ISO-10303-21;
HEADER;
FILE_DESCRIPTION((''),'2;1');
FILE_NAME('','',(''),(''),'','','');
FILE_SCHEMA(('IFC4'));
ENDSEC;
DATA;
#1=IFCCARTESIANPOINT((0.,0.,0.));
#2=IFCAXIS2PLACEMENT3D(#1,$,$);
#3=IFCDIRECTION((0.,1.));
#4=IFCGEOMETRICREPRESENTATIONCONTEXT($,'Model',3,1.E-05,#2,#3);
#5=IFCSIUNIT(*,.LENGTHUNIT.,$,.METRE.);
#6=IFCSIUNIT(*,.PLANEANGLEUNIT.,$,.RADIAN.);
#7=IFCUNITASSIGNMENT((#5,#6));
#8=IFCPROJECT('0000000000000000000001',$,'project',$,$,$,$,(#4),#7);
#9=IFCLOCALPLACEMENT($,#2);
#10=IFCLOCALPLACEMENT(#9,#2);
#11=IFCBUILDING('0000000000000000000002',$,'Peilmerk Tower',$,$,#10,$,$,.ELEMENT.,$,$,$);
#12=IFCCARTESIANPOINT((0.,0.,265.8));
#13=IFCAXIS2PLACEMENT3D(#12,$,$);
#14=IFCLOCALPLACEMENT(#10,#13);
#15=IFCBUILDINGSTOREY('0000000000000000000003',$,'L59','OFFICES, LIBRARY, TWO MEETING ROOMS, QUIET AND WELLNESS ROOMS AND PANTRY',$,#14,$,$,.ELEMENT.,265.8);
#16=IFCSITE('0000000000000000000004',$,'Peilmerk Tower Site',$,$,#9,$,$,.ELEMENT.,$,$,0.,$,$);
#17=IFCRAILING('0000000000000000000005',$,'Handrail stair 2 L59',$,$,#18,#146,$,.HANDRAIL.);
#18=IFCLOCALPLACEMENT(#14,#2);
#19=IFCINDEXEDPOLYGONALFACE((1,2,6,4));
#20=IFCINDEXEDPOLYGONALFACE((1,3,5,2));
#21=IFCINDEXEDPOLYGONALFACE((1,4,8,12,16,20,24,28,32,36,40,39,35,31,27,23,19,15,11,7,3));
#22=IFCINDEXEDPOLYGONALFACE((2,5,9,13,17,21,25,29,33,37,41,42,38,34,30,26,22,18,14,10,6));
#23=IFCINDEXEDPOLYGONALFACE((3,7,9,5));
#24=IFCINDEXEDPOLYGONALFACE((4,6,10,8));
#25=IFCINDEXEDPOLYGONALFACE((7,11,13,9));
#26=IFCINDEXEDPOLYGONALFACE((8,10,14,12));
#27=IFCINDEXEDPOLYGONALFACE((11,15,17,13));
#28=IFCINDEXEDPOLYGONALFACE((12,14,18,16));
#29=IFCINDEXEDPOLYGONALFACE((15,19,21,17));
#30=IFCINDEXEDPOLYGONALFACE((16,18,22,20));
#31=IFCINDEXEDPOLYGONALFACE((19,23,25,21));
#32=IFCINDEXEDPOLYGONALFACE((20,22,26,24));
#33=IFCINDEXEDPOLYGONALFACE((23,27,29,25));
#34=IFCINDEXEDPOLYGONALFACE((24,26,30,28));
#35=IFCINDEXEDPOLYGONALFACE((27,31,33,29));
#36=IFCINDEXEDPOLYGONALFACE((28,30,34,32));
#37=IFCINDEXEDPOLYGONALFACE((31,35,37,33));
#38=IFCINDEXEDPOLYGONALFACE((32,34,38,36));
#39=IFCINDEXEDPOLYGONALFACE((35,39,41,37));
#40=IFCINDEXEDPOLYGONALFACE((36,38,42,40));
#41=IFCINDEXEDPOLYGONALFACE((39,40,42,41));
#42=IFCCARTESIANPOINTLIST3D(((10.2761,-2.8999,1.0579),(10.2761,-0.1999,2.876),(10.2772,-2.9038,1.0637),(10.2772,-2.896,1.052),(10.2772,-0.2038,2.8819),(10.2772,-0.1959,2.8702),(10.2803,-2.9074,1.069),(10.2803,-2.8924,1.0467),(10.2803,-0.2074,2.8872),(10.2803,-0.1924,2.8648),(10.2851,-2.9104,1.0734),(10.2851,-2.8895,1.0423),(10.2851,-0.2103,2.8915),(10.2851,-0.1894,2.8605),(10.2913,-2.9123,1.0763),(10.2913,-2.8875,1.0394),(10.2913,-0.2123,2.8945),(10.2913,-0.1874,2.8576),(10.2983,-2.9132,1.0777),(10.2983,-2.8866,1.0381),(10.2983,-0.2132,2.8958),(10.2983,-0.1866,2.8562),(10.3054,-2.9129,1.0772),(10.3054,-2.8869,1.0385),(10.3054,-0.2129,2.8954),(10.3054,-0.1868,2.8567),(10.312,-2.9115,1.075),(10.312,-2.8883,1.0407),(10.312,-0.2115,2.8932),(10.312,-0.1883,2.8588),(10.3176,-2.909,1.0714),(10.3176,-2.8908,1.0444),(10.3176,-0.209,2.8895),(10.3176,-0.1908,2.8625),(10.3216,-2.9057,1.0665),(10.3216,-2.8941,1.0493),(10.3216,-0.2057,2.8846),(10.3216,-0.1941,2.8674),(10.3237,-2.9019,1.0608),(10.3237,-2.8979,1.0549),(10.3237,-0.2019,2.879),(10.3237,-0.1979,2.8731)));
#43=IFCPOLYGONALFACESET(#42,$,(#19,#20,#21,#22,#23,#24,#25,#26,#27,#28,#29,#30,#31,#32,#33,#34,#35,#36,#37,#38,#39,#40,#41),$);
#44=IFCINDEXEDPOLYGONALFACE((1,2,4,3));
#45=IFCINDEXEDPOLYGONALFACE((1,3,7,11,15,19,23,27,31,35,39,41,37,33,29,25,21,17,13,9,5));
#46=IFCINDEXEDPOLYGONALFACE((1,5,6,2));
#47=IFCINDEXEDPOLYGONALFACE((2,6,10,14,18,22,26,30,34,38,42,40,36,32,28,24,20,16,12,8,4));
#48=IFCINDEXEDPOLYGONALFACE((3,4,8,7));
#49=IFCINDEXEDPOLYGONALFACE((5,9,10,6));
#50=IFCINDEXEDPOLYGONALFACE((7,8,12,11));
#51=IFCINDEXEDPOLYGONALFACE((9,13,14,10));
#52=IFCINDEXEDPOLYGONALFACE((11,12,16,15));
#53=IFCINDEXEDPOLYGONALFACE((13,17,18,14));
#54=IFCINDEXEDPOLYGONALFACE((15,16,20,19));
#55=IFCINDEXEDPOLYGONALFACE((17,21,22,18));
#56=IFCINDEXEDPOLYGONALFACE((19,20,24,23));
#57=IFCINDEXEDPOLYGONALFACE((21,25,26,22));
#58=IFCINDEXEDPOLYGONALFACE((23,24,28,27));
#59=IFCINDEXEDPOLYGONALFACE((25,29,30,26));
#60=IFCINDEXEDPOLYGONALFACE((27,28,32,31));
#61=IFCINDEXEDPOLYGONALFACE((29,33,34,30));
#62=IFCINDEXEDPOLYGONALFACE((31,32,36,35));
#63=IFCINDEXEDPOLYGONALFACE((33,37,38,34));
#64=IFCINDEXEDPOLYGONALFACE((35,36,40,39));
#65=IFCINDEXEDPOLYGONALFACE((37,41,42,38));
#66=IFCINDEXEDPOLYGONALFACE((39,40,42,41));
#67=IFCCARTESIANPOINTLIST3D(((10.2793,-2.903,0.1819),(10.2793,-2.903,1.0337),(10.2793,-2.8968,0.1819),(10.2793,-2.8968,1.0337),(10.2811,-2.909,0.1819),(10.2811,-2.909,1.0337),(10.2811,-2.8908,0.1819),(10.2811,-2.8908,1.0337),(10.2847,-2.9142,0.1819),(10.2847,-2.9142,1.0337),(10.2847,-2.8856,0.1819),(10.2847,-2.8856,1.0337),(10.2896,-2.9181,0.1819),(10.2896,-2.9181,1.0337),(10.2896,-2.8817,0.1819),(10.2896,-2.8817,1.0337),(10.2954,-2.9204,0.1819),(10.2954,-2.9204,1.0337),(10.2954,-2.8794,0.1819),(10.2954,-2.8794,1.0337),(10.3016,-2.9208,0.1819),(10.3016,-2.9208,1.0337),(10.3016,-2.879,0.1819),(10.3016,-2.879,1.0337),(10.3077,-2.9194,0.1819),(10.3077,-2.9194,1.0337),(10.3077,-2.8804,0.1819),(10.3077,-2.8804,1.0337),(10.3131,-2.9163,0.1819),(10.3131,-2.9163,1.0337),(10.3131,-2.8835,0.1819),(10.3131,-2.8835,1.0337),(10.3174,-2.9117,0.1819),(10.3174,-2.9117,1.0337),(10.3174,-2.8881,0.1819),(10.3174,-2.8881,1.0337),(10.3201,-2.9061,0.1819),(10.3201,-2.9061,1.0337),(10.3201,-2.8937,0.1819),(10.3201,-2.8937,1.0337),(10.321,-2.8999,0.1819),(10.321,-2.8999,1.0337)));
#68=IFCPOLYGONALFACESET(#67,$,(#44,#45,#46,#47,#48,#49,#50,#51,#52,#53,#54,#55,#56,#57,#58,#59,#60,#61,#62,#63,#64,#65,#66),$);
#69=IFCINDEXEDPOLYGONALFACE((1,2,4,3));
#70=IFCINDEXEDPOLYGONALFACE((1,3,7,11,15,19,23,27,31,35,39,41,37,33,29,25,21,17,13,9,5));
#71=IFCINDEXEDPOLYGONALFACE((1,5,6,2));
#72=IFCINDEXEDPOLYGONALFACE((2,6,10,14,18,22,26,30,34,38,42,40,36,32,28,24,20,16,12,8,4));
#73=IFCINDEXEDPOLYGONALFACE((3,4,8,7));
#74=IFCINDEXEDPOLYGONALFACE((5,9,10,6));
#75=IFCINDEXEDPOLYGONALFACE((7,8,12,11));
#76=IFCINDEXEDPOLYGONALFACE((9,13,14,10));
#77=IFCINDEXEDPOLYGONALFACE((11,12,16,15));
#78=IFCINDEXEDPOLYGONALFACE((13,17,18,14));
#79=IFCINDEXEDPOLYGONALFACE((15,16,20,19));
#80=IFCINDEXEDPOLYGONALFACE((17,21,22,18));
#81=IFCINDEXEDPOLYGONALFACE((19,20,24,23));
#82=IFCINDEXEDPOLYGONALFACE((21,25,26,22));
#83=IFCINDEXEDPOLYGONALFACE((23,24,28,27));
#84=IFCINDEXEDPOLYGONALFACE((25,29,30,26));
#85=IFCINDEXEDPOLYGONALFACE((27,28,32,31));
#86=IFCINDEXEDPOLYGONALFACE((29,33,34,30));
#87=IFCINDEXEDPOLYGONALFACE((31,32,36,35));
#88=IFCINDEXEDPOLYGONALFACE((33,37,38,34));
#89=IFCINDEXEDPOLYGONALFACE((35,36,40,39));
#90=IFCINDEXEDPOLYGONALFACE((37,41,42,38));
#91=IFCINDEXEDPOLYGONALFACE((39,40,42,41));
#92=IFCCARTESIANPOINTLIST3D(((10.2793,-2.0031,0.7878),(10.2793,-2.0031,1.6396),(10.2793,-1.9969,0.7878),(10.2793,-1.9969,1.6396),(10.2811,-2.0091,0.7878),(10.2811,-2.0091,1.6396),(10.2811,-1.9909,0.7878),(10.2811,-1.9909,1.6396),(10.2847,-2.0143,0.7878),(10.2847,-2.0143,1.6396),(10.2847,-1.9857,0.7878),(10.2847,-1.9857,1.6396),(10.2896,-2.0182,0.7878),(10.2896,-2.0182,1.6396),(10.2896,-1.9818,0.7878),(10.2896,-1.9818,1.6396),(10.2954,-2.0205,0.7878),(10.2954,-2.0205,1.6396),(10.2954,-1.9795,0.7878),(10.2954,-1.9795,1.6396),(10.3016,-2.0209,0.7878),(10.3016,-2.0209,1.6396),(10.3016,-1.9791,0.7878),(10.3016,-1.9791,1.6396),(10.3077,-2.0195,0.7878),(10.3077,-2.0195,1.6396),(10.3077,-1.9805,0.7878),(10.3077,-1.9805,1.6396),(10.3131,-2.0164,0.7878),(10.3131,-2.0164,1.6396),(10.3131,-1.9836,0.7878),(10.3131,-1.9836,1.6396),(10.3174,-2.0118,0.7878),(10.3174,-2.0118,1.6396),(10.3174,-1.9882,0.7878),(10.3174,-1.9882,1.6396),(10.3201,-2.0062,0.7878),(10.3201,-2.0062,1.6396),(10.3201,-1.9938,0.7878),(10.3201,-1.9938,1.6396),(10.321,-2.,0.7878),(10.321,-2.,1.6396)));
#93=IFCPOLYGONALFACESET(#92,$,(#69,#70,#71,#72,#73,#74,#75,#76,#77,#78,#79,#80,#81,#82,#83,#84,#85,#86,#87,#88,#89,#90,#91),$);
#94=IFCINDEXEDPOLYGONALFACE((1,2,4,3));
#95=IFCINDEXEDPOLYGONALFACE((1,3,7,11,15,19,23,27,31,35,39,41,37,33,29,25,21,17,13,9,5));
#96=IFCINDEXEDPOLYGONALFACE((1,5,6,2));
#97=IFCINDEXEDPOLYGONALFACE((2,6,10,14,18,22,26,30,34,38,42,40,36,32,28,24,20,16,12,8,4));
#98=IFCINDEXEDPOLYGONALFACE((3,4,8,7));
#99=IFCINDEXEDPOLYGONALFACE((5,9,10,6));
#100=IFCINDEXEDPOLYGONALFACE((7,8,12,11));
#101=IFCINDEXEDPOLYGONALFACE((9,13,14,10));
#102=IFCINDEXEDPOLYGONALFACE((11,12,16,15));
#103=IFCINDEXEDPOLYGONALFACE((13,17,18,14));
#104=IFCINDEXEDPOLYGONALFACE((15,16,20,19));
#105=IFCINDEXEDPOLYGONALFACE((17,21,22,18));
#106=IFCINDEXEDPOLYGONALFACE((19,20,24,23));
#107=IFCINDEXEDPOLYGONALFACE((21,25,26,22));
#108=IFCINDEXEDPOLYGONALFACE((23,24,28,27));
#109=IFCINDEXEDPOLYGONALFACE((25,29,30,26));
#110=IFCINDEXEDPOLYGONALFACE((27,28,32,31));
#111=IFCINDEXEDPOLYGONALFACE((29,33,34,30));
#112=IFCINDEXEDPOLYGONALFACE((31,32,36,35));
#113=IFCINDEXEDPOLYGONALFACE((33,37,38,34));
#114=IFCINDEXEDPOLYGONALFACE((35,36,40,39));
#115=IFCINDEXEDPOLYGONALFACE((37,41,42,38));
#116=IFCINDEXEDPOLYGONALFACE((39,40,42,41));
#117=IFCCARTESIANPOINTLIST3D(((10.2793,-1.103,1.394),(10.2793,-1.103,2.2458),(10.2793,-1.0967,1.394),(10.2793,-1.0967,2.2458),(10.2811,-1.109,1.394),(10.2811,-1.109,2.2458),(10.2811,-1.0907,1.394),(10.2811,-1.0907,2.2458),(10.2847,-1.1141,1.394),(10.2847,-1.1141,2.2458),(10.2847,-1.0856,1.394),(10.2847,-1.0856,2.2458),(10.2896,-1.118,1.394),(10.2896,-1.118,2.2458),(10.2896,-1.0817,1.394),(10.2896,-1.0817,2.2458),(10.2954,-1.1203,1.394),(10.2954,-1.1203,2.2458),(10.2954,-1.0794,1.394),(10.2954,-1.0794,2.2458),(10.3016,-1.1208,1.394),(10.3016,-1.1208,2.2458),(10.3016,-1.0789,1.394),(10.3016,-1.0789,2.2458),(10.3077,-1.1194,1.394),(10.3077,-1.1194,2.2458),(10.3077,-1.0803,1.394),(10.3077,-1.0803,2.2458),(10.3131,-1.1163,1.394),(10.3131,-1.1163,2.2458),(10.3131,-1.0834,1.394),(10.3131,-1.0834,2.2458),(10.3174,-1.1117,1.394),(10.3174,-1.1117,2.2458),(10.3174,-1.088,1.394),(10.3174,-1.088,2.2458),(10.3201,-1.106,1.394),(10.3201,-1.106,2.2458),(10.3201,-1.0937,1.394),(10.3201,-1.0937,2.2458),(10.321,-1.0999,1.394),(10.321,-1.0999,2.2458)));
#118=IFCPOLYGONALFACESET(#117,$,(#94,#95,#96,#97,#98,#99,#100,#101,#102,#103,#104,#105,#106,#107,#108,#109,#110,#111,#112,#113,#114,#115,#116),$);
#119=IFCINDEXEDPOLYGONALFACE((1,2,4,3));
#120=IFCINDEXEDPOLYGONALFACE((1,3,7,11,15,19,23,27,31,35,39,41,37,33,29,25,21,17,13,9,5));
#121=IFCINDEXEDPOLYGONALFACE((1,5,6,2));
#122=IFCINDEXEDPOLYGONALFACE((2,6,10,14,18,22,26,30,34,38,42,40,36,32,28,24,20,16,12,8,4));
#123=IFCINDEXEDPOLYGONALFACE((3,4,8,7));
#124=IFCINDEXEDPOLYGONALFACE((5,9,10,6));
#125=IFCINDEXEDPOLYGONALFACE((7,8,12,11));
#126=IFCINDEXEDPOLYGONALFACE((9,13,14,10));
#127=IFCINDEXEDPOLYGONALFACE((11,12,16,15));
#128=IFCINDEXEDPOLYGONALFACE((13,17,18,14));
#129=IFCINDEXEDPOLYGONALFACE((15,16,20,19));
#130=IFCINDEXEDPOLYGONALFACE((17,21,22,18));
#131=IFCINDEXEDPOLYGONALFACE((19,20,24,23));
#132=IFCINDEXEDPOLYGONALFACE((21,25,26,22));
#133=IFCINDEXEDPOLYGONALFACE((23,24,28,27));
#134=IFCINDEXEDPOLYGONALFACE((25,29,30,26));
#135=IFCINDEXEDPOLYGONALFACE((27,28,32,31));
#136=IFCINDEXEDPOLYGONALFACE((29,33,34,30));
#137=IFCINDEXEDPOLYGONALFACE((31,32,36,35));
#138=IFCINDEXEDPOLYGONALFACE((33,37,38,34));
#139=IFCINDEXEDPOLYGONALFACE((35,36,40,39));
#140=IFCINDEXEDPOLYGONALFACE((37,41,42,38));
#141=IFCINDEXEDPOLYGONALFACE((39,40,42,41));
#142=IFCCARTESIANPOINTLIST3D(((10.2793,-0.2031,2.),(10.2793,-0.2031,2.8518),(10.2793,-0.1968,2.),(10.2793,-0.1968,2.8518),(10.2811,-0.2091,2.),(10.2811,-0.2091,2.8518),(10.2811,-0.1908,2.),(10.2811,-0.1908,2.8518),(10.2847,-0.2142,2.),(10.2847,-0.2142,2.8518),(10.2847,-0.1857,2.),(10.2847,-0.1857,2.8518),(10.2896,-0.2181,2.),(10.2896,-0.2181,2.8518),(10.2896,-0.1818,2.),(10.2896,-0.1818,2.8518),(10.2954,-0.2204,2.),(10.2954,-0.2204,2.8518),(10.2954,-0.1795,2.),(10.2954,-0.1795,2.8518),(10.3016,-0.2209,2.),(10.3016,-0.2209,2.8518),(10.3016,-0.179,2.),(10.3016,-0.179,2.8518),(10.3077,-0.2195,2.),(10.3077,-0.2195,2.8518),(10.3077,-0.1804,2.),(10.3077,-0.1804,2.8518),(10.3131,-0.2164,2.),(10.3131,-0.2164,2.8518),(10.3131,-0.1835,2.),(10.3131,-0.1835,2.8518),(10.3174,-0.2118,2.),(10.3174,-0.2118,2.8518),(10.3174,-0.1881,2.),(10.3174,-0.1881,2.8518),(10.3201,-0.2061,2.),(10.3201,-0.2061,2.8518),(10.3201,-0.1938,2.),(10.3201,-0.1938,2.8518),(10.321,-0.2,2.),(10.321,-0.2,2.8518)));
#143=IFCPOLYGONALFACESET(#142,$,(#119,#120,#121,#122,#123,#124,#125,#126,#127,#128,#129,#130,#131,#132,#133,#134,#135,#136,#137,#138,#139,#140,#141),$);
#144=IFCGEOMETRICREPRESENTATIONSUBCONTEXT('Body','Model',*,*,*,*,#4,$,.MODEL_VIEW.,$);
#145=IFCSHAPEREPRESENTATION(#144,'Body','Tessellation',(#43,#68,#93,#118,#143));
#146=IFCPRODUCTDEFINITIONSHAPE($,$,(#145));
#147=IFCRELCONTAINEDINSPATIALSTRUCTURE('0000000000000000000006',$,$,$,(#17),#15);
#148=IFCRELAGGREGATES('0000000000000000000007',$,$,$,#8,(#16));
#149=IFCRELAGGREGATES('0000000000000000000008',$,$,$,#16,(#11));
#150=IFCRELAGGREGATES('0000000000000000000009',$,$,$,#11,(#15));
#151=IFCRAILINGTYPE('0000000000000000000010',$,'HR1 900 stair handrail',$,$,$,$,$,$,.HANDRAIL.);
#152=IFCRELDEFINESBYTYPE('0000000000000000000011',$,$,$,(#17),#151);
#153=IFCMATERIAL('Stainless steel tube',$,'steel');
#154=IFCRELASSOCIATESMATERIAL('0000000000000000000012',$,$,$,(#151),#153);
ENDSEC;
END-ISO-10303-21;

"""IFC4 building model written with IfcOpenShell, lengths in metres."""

from ifc_helpers import new_model, si_unit, direction, frame, origin, origin_2d, place, context, subcontext, project, spatial, circle, extrude, material, type_object, element, save


model = new_model("IFC4")

# Units and contexts
model_context = context("Model", 3, precision=1e-05, world=origin(), true_north=direction((0.0, 1.0)))
body_context = subcontext(model_context, "Body", "Model", "MODEL_VIEW")
ifc_project = project(units=[si_unit("LENGTHUNIT", "METRE"), si_unit("PLANEANGLEUNIT", "RADIAN")], contexts=[model_context])

# Site, building, storey
site_placement = place(None, origin())
site = spatial("IfcSite", under=ifc_project, at=site_placement, Name="Peilmerk Tower Site", CompositionType="ELEMENT", RefElevation=0.0)
building_placement = place(site_placement, origin())
building = spatial("IfcBuilding", under=site, at=building_placement, Name="Peilmerk Tower", CompositionType="ELEMENT")
storey_placement = place(building_placement, frame((0.0, 0.0, 265.8)))
storey = spatial("IfcBuildingStorey", under=building, at=storey_placement, Name="L59", Description="OFFICES, LIBRARY, TWO MEETING ROOMS, QUIET AND WELLNESS ROOMS AND PANTRY", CompositionType="ELEMENT", Elevation=265.8)

# Railing
ifc_material_1 = material(Name="Stainless steel tube", Category="steel")
railing_type_1 = type_object("IfcRailingType", Name="HR1 900 stair handrail", PredefinedType="HANDRAIL", material=ifc_material_1)
railing_1_placement = place(storey_placement, frame((10.3, -2.8999, 0.1819)))
element("IfcRailing", 1, at=railing_1_placement, inside=storey, type_object=railing_type_1, Name="Handrail stair 2 L59", PredefinedType="HANDRAIL", context=body_context, shape_type="SweptSolid", body=[
    extrude(circle(Radius=0.0239, at=origin_2d()), frame((0.0, 0.0, 0.876), z_axis=(0.0, 0.829468, 0.558554), x_axis=(-1.0, 0.0, 0.0)), (0.0, 0.0, 1.0), 3.2551),
    extrude(circle(Radius=0.021, at=origin_2d()), origin(), (0.0, 0.0, 1.0), 0.8518),
    extrude(circle(Radius=0.021, at=origin_2d()), frame((0.0, 0.8999, 0.606)), (0.0, 0.0, 1.0), 0.8518),
    extrude(circle(Radius=0.021, at=origin_2d()), frame((0.0, 1.8, 1.2122)), (0.0, 0.0, 1.0), 0.8518),
    extrude(circle(Radius=0.021, at=origin_2d()), frame((0.0, 2.7, 1.8181)), (0.0, 0.0, 1.0), 0.8518),
])

save(model, "model.ifc")
